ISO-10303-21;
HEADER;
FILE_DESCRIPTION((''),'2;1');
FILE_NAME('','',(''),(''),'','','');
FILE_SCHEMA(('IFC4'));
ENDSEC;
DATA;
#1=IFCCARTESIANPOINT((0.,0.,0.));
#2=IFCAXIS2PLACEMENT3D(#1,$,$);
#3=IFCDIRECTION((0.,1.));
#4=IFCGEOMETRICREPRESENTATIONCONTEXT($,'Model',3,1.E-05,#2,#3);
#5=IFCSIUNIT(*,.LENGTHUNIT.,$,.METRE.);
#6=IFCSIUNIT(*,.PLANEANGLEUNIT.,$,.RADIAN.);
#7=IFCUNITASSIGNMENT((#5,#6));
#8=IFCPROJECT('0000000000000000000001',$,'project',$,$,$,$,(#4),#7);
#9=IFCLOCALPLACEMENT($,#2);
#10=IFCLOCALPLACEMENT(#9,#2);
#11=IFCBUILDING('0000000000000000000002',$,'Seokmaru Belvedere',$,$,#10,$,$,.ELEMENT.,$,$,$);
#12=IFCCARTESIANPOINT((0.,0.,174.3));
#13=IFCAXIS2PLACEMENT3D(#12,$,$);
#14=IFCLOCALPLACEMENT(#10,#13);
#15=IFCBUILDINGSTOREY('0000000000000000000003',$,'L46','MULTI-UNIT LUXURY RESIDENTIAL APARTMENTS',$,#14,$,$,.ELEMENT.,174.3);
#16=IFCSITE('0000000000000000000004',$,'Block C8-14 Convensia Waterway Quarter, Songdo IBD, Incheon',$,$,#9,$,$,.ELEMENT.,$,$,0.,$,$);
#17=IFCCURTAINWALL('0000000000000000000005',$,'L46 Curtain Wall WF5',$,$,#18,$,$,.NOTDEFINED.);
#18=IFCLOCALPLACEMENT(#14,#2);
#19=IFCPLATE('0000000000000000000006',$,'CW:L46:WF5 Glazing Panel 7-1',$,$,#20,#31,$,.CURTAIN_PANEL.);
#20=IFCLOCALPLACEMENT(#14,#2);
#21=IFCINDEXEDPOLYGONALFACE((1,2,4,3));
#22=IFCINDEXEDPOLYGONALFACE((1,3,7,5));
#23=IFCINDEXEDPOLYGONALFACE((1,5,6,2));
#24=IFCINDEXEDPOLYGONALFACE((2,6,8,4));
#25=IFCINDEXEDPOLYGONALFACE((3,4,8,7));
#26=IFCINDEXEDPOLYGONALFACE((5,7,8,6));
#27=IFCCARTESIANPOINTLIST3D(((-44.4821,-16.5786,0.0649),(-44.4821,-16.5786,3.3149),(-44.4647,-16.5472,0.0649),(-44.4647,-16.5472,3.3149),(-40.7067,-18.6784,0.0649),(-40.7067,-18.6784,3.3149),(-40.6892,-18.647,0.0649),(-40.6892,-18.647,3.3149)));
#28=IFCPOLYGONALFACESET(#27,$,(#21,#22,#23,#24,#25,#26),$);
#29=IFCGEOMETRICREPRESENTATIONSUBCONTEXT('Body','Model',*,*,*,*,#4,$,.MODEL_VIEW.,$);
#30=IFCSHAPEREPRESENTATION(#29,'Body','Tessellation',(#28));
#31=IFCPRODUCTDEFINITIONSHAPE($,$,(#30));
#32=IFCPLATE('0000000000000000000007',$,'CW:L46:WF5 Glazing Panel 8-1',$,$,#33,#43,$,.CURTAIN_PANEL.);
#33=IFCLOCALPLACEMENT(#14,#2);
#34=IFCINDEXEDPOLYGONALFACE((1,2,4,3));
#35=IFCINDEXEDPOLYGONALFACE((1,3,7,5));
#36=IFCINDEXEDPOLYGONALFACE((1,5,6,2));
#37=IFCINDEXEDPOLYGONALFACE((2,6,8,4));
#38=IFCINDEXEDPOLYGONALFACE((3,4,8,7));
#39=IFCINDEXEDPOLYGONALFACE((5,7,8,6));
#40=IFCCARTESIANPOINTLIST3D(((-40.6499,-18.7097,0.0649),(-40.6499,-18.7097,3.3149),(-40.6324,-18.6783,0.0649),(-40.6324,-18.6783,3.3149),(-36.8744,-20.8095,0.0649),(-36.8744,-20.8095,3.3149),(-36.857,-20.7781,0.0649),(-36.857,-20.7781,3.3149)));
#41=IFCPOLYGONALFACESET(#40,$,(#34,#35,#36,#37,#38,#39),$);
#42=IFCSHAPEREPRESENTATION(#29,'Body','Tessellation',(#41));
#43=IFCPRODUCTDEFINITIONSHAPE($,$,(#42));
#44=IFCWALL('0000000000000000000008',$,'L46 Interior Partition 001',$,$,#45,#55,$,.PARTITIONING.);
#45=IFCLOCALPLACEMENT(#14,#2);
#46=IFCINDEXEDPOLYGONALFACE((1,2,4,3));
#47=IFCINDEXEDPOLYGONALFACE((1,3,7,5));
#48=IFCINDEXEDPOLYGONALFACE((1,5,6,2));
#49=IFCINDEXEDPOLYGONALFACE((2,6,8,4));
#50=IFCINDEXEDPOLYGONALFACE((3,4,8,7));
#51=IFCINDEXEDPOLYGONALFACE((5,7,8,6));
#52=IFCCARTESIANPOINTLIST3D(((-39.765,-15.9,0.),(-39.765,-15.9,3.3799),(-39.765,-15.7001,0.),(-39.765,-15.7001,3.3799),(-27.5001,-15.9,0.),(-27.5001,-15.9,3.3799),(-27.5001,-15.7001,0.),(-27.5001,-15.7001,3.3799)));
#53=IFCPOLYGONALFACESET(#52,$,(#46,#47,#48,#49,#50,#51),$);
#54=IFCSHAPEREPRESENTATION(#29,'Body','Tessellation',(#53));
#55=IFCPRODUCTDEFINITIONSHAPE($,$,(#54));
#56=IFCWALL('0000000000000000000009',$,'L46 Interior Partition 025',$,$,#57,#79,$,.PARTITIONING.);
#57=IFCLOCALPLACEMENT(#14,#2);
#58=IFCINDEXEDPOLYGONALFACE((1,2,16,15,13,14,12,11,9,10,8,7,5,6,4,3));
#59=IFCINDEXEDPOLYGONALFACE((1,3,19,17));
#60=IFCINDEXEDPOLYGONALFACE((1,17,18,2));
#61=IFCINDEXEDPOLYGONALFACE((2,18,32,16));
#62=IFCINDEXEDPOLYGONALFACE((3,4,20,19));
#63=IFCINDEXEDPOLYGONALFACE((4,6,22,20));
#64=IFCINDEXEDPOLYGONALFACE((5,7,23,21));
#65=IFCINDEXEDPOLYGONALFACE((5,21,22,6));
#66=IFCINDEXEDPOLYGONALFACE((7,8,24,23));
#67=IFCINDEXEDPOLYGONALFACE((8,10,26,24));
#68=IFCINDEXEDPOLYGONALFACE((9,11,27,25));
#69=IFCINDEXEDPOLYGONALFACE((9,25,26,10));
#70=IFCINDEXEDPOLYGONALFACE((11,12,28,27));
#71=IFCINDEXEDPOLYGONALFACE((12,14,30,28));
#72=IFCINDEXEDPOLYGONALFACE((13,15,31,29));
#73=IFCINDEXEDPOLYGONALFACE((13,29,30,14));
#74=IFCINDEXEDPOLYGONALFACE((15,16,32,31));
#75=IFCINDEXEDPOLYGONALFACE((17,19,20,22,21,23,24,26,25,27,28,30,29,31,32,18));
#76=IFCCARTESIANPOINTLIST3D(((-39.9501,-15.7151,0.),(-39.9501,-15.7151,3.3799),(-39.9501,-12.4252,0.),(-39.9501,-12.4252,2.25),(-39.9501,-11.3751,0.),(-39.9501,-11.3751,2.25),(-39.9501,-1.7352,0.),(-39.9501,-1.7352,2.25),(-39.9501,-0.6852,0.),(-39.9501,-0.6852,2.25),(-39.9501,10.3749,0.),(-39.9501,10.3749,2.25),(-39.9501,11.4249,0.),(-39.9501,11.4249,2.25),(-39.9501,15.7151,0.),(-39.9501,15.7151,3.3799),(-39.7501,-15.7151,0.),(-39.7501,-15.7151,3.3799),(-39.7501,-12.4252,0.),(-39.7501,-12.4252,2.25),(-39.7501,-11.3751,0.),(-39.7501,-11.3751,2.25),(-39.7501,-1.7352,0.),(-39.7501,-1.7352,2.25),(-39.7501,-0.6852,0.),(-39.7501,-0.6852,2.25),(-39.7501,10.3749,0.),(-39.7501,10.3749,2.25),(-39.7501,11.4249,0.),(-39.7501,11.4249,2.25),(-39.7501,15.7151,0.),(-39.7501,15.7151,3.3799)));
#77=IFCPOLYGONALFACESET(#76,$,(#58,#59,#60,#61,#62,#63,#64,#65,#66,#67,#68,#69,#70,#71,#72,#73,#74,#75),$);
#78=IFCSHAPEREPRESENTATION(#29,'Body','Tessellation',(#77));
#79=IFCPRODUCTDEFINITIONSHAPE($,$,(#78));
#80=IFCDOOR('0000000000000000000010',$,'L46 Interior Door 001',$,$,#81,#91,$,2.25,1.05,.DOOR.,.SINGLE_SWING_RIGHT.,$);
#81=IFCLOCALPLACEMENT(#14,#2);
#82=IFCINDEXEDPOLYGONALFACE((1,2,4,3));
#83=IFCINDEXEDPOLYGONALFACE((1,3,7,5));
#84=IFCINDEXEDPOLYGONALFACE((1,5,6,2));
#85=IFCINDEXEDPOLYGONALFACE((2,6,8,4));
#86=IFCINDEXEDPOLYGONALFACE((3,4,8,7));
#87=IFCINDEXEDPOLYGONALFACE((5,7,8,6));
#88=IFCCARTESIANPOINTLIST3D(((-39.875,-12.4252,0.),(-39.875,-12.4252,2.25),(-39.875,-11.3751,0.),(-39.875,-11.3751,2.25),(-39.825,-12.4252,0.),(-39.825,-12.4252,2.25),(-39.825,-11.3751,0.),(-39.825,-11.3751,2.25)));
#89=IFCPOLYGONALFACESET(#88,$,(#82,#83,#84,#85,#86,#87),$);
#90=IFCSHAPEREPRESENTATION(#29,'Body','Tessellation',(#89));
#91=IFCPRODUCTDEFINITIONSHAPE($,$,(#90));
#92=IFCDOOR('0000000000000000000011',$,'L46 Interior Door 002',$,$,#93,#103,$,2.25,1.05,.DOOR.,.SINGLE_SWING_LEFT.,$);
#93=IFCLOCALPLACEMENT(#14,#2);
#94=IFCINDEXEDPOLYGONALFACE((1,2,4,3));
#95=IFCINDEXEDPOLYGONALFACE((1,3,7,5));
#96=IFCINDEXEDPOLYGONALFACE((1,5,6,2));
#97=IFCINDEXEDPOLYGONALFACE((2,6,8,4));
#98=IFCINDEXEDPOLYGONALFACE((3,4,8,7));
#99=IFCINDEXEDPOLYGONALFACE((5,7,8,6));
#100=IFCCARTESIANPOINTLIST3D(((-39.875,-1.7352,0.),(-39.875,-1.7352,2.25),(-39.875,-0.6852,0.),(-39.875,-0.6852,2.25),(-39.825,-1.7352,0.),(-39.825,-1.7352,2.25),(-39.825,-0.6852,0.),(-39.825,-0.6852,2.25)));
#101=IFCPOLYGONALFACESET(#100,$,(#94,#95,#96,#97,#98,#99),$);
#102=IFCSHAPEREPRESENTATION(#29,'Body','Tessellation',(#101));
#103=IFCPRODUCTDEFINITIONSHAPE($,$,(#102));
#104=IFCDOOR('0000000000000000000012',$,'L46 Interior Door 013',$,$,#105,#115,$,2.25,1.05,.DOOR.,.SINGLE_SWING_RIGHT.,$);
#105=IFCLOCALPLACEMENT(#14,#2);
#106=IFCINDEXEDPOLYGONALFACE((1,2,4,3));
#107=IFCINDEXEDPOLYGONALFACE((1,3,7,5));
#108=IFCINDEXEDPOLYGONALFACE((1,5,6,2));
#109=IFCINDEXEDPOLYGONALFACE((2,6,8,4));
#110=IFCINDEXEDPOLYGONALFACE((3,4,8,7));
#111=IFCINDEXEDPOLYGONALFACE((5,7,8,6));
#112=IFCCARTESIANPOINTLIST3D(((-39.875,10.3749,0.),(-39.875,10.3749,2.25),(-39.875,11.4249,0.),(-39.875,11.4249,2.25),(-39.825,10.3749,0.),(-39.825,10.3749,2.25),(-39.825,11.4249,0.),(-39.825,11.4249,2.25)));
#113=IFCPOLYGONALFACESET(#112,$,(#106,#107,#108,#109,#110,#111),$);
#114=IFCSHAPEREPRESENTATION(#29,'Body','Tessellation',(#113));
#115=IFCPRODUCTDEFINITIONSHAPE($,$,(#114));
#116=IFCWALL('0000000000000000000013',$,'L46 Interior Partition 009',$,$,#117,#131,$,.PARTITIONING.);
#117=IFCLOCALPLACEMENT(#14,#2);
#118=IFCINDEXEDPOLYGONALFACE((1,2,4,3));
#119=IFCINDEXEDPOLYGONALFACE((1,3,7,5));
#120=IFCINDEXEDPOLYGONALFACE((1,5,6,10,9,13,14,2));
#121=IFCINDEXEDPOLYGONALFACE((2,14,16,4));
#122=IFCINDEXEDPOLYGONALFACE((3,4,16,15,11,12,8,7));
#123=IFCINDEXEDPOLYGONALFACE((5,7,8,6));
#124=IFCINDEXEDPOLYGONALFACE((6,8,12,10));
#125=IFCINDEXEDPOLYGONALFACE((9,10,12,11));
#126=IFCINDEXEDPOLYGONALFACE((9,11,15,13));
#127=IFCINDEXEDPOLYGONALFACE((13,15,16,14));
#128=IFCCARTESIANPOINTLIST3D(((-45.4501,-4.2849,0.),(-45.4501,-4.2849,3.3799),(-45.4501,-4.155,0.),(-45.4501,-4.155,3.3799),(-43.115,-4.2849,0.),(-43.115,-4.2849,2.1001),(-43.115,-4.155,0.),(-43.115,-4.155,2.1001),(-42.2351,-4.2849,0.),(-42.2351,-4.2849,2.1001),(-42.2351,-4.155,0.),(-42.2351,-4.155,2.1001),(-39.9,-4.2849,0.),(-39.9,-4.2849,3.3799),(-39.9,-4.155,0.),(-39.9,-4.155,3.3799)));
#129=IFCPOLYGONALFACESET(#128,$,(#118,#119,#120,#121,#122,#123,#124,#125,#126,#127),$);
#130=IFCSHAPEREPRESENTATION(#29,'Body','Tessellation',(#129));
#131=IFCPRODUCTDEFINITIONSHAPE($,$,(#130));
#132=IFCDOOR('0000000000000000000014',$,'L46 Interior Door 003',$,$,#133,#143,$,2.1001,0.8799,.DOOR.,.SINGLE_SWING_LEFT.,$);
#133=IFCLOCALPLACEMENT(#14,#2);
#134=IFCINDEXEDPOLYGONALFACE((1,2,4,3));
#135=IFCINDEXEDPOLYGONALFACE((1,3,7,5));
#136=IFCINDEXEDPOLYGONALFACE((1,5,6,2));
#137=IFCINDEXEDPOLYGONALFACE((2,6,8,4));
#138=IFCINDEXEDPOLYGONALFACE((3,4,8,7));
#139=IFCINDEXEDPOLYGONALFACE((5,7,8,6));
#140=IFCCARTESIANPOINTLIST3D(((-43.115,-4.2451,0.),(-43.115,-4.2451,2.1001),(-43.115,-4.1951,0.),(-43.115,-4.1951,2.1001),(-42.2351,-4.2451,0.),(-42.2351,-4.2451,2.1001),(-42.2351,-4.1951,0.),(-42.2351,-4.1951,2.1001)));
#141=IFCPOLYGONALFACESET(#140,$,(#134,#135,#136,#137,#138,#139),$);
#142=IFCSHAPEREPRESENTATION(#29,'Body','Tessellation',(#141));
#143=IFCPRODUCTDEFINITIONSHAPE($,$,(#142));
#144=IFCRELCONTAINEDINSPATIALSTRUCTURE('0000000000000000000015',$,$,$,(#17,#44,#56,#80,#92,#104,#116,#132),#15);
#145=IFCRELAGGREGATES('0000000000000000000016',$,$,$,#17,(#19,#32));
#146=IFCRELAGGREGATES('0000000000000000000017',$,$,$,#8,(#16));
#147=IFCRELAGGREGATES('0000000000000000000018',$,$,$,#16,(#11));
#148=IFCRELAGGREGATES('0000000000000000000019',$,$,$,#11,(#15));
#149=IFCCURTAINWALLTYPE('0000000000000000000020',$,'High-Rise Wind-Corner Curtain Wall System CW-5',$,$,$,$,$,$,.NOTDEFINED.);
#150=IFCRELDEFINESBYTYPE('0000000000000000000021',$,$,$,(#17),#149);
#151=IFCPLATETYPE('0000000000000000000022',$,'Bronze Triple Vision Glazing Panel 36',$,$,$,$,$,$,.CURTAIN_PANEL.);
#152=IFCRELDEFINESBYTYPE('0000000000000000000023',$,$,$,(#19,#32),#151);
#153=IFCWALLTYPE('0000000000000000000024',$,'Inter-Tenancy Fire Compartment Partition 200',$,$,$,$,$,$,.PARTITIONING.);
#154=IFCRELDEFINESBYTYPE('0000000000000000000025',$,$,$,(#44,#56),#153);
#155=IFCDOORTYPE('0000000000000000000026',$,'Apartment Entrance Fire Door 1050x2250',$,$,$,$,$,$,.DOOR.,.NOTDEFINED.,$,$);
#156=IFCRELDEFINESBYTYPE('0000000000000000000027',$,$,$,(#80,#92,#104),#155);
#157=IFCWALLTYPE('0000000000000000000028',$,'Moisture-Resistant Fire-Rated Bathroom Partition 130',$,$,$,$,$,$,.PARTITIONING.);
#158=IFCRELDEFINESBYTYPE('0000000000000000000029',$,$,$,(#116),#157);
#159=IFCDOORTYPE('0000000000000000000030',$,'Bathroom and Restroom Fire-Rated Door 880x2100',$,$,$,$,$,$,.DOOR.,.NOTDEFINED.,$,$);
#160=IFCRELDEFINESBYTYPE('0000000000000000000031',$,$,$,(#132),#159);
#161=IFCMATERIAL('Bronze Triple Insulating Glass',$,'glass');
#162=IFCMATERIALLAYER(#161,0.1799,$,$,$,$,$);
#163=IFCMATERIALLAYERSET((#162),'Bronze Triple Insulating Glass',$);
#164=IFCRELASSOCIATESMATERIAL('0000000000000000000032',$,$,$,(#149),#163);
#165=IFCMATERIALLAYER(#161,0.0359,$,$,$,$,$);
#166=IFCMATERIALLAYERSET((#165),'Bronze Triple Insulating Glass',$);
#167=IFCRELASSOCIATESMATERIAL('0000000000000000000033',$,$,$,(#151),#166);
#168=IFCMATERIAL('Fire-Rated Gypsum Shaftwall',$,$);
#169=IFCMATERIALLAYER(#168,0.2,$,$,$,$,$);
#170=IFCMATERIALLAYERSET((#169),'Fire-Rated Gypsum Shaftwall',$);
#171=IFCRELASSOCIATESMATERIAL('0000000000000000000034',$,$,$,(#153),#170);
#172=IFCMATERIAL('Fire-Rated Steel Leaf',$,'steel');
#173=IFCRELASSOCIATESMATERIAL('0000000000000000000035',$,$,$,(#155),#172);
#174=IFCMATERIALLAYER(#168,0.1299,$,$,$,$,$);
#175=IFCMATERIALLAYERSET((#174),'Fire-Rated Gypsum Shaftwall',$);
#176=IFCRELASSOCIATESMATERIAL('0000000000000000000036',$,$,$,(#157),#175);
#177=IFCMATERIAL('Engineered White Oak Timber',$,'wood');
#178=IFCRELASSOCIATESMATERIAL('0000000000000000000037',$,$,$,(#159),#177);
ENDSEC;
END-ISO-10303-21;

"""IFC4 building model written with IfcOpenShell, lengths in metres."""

from ifc_helpers import new_model, si_unit, direction, frame, frame_2d, origin, origin_2d, place, context, subcontext, project, spatial, rectangle, extrude, source, transform, mapped, material, layer, layer_set, type_object, type_shapes, element, fill, aggregate, save


model = new_model("IFC4")

# Units and contexts
model_context = context("Model", 3, precision=1e-05, world=origin(), true_north=direction((0.0, 1.0)))
body_context = subcontext(model_context, "Body", "Model", "MODEL_VIEW")
ifc_project = project(units=[si_unit("LENGTHUNIT", "METRE"), si_unit("PLANEANGLEUNIT", "RADIAN")], contexts=[model_context])

# Site, building, storey
site_placement = place(None, origin())
site = spatial("IfcSite", under=ifc_project, at=site_placement, Name="Block C8-14 Convensia Waterway Quarter, Songdo IBD, Incheon", CompositionType="ELEMENT", RefElevation=0.0)
building_placement = place(site_placement, origin())
building = spatial("IfcBuilding", under=site, at=building_placement, Name="Seokmaru Belvedere", CompositionType="ELEMENT")
storey_placement = place(building_placement, frame((0.0, 0.0, 174.3)))
storey = spatial("IfcBuildingStorey", under=building, at=storey_placement, Name="L46", Description="MULTI-UNIT LUXURY RESIDENTIAL APARTMENTS", CompositionType="ELEMENT", Elevation=174.3)

# Curtain wall, plates
ifc_material_1 = material(Name="Bronze Triple Insulating Glass", Category="glass")
ifc_layer_1 = layer(ifc_material_1, 0.1799)
ifc_layer_set_1 = layer_set([ifc_layer_1], Name="Bronze Triple Insulating Glass")
curtain_wall_type = type_object("IfcCurtainWallType", Name="High-Rise Wind-Corner Curtain Wall System CW-5", PredefinedType="NOTDEFINED", material=ifc_layer_set_1)
curtain_wall_placement = place(storey_placement, origin())
curtain_wall = element("IfcCurtainWall", 1, at=curtain_wall_placement, inside=storey, type_object=curtain_wall_type, Name="L46 Curtain Wall WF5", PredefinedType="NOTDEFINED")
ifc_layer_2 = layer(ifc_material_1, 0.0359)
ifc_layer_set_2 = layer_set([ifc_layer_2], Name="Bronze Triple Insulating Glass")
plate_type = type_object("IfcPlateType", Name="Bronze Triple Vision Glazing Panel 36", PredefinedType="CURTAIN_PANEL", material=ifc_layer_set_2)
shared_shape_1 = source(origin(), body_context, "Body", "SweptSolid", [
    extrude(rectangle(XDim=4.3201, YDim=0.0359, at=origin_2d()), origin(), (0.0, 0.0, 1.0), 3.25),
])
type_shapes(plate_type, [shared_shape_1])
plate_1_placement = place(storey_placement, frame((-42.5857, -17.6128, 0.0649), z_axis=(0.0, 0.0, 1.0), x_axis=(0.873933, -0.486047, 0.0)))
plate_1 = element("IfcPlate", 2, at=plate_1_placement, type_object=plate_type, Name="CW:L46:WF5 Glazing Panel 7-1", PredefinedType="CURTAIN_PANEL", context=body_context, shape_type="MappedRepresentation", body=[
    mapped(shared_shape_1, transform((0.0, 0.0, 0.0), scale=1.0)),
])
plate_2_placement = place(storey_placement, frame((-38.7534, -19.7439, 0.0649), z_axis=(0.0, 0.0, 1.0), x_axis=(0.873933, -0.486047, 0.0)))
plate_2 = element("IfcPlate", 3, at=plate_2_placement, type_object=plate_type, Name="CW:L46:WF5 Glazing Panel 8-1", PredefinedType="CURTAIN_PANEL", context=body_context, shape_type="MappedRepresentation", body=[
    mapped(shared_shape_1, transform((0.0, 0.0, 0.0), scale=1.0)),
])
aggregate(curtain_wall, [plate_1, plate_2])

# Wall
ifc_material_2 = material(Name="Fire-Rated Gypsum Shaftwall")
ifc_layer_3 = layer(ifc_material_2, 0.2)
ifc_layer_set_3 = layer_set([ifc_layer_3], Name="Fire-Rated Gypsum Shaftwall")
wall_type_1 = type_object("IfcWallType", Name="Inter-Tenancy Fire Compartment Partition 200", PredefinedType="PARTITIONING", material=ifc_layer_set_3)
wall_1_placement = place(storey_placement, frame((-39.7649, -15.8, 0.0), z_axis=(0.0, 0.0, 1.0), x_axis=(1.0, 0.0, 0.0)))
element("IfcWall", 4, at=wall_1_placement, inside=storey, type_object=wall_type_1, Name="L46 Interior Partition 001", PredefinedType="PARTITIONING", context=body_context, shape_type="SweptSolid", body=[
    extrude(rectangle(XDim=12.2649, YDim=0.2, at=frame_2d((6.1323, 0.0))), origin(), (0.0, 0.0, 1.0), 3.3799),
])

# Wall, openings, doors
wall_2_placement = place(storey_placement, frame((-39.8501, -15.7151, 0.0), z_axis=(0.0, 0.0, 1.0), x_axis=(0.0, 1.0, 0.0)))
wall_2 = element("IfcWall", 5, at=wall_2_placement, inside=storey, type_object=wall_type_1, Name="L46 Interior Partition 025", PredefinedType="PARTITIONING", context=body_context, shape_type="SweptSolid", body=[
    extrude(rectangle(XDim=31.4302, YDim=0.2, at=frame_2d((15.7151, 0.0))), origin(), (0.0, 0.0, 1.0), 3.3799),
])
opening_1_placement = place(wall_2_placement, frame((3.29, 0.0, 0.0)))
opening_1 = element("IfcOpeningElement", 6, at=opening_1_placement, cuts=wall_2, PredefinedType="OPENING", context=body_context, shape_type="SweptSolid", body=[
    extrude(rectangle(XDim=1.05, YDim=2.25, at=frame_2d((0.5249, 1.125))), frame((0.0, 0.1099, 0.0), z_axis=(0.0, -1.0, 0.0), x_axis=(1.0, 0.0, 0.0)), (0.0, 0.0, 1.0), 0.22),
])
opening_2_placement = place(wall_2_placement, frame((13.98, 0.0, 0.0)))
opening_2 = element("IfcOpeningElement", 7, at=opening_2_placement, cuts=wall_2, PredefinedType="OPENING", context=body_context, shape_type="SweptSolid", body=[
    extrude(rectangle(XDim=1.05, YDim=2.25, at=frame_2d((0.5249, 1.125))), frame((0.0, 0.1099, 0.0), z_axis=(0.0, -1.0, 0.0), x_axis=(1.0, 0.0, 0.0)), (0.0, 0.0, 1.0), 0.22),
])
opening_3_placement = place(wall_2_placement, frame((26.0901, 0.0, 0.0)))
opening_3 = element("IfcOpeningElement", 8, at=opening_3_placement, cuts=wall_2, PredefinedType="OPENING", context=body_context, shape_type="SweptSolid", body=[
    extrude(rectangle(XDim=1.05, YDim=2.25, at=frame_2d((0.5249, 1.125))), frame((0.0, 0.1099, 0.0), z_axis=(0.0, -1.0, 0.0), x_axis=(1.0, 0.0, 0.0)), (0.0, 0.0, 1.0), 0.22),
])
ifc_material_3 = material(Name="Fire-Rated Steel Leaf", Category="steel")
door_type_1 = type_object("IfcDoorType", Name="Apartment Entrance Fire Door 1050x2250", OperationType="NOTDEFINED", PredefinedType="DOOR", material=ifc_material_3)
shared_shape_2 = source(origin(), body_context, "Body", "SweptSolid", [
    extrude(rectangle(XDim=1.05, YDim=2.25, at=frame_2d((0.5249, 1.125))), frame((0.0, 0.0249, 0.0), z_axis=(0.0, -1.0, 0.0), x_axis=(1.0, 0.0, 0.0)), (0.0, 0.0, 1.0), 0.05),
])
type_shapes(door_type_1, [shared_shape_2])
door_1_placement = place(opening_1_placement, origin())
door_1 = element("IfcDoor", 9, at=door_1_placement, inside=storey, type_object=door_type_1, Name="L46 Interior Door 001", OperationType="SINGLE_SWING_RIGHT", OverallHeight=2.25, OverallWidth=1.05, PredefinedType="DOOR", context=body_context, shape_type="MappedRepresentation", body=[
    mapped(shared_shape_2, transform((0.0, 0.0, 0.0), scale=1.0)),
])
fill(opening_1, door_1)
door_2_placement = place(opening_2_placement, origin())
door_2 = element("IfcDoor", 10, at=door_2_placement, inside=storey, type_object=door_type_1, Name="L46 Interior Door 002", OperationType="SINGLE_SWING_LEFT", OverallHeight=2.25, OverallWidth=1.05, PredefinedType="DOOR", context=body_context, shape_type="MappedRepresentation", body=[
    mapped(shared_shape_2, transform((0.0, 0.0, 0.0), scale=1.0)),
])
fill(opening_2, door_2)
door_3_placement = place(opening_3_placement, origin())
door_3 = element("IfcDoor", 11, at=door_3_placement, inside=storey, type_object=door_type_1, Name="L46 Interior Door 013", OperationType="SINGLE_SWING_RIGHT", OverallHeight=2.25, OverallWidth=1.05, PredefinedType="DOOR", context=body_context, shape_type="MappedRepresentation", body=[
    mapped(shared_shape_2, transform((0.0, 0.0, 0.0), scale=1.0)),
])
fill(opening_3, door_3)

# Wall, opening, door
ifc_layer_4 = layer(ifc_material_2, 0.1299)
ifc_layer_set_4 = layer_set([ifc_layer_4], Name="Fire-Rated Gypsum Shaftwall")
wall_type_2 = type_object("IfcWallType", Name="Moisture-Resistant Fire-Rated Bathroom Partition 130", PredefinedType="PARTITIONING", material=ifc_layer_set_4)
wall_3_placement = place(storey_placement, frame((-45.45, -4.22, 0.0), z_axis=(0.0, 0.0, 1.0), x_axis=(1.0, 0.0, 0.0)))
wall_3 = element("IfcWall", 12, at=wall_3_placement, inside=storey, type_object=wall_type_2, Name="L46 Interior Partition 009", PredefinedType="PARTITIONING", context=body_context, shape_type="SweptSolid", body=[
    extrude(rectangle(XDim=5.55, YDim=0.1299, at=frame_2d((2.7749, 0.0))), origin(), (0.0, 0.0, 1.0), 3.3799),
])
opening_4_placement = place(wall_3_placement, frame((2.335, 0.0, 0.0)))
opening_4 = element("IfcOpeningElement", 13, at=opening_4_placement, cuts=wall_3, PredefinedType="OPENING", context=body_context, shape_type="SweptSolid", body=[
    extrude(rectangle(XDim=0.8799, YDim=2.1001, at=frame_2d((0.4399, 1.05))), frame((0.0, 0.075, 0.0), z_axis=(0.0, -1.0, 0.0), x_axis=(1.0, 0.0, 0.0)), (0.0, 0.0, 1.0), 0.1499),
])
ifc_material_4 = material(Name="Engineered White Oak Timber", Category="wood")
door_type_2 = type_object("IfcDoorType", Name="Bathroom and Restroom Fire-Rated Door 880x2100", OperationType="NOTDEFINED", PredefinedType="DOOR", material=ifc_material_4)
shared_shape_3 = source(origin(), body_context, "Body", "SweptSolid", [
    extrude(rectangle(XDim=0.8799, YDim=2.1001, at=frame_2d((0.4399, 1.05))), frame((0.0, 0.0249, 0.0), z_axis=(0.0, -1.0, 0.0), x_axis=(1.0, 0.0, 0.0)), (0.0, 0.0, 1.0), 0.05),
])
type_shapes(door_type_2, [shared_shape_3])
door_4_placement = place(opening_4_placement, origin())
door_4 = element("IfcDoor", 14, at=door_4_placement, inside=storey, type_object=door_type_2, Name="L46 Interior Door 003", OperationType="SINGLE_SWING_LEFT", OverallHeight=2.1001, OverallWidth=0.8799, PredefinedType="DOOR", context=body_context, shape_type="MappedRepresentation", body=[
    mapped(shared_shape_3, transform((0.0, 0.0, 0.0), scale=1.0)),
])
fill(opening_4, door_4)

save(model, "model.ifc")
